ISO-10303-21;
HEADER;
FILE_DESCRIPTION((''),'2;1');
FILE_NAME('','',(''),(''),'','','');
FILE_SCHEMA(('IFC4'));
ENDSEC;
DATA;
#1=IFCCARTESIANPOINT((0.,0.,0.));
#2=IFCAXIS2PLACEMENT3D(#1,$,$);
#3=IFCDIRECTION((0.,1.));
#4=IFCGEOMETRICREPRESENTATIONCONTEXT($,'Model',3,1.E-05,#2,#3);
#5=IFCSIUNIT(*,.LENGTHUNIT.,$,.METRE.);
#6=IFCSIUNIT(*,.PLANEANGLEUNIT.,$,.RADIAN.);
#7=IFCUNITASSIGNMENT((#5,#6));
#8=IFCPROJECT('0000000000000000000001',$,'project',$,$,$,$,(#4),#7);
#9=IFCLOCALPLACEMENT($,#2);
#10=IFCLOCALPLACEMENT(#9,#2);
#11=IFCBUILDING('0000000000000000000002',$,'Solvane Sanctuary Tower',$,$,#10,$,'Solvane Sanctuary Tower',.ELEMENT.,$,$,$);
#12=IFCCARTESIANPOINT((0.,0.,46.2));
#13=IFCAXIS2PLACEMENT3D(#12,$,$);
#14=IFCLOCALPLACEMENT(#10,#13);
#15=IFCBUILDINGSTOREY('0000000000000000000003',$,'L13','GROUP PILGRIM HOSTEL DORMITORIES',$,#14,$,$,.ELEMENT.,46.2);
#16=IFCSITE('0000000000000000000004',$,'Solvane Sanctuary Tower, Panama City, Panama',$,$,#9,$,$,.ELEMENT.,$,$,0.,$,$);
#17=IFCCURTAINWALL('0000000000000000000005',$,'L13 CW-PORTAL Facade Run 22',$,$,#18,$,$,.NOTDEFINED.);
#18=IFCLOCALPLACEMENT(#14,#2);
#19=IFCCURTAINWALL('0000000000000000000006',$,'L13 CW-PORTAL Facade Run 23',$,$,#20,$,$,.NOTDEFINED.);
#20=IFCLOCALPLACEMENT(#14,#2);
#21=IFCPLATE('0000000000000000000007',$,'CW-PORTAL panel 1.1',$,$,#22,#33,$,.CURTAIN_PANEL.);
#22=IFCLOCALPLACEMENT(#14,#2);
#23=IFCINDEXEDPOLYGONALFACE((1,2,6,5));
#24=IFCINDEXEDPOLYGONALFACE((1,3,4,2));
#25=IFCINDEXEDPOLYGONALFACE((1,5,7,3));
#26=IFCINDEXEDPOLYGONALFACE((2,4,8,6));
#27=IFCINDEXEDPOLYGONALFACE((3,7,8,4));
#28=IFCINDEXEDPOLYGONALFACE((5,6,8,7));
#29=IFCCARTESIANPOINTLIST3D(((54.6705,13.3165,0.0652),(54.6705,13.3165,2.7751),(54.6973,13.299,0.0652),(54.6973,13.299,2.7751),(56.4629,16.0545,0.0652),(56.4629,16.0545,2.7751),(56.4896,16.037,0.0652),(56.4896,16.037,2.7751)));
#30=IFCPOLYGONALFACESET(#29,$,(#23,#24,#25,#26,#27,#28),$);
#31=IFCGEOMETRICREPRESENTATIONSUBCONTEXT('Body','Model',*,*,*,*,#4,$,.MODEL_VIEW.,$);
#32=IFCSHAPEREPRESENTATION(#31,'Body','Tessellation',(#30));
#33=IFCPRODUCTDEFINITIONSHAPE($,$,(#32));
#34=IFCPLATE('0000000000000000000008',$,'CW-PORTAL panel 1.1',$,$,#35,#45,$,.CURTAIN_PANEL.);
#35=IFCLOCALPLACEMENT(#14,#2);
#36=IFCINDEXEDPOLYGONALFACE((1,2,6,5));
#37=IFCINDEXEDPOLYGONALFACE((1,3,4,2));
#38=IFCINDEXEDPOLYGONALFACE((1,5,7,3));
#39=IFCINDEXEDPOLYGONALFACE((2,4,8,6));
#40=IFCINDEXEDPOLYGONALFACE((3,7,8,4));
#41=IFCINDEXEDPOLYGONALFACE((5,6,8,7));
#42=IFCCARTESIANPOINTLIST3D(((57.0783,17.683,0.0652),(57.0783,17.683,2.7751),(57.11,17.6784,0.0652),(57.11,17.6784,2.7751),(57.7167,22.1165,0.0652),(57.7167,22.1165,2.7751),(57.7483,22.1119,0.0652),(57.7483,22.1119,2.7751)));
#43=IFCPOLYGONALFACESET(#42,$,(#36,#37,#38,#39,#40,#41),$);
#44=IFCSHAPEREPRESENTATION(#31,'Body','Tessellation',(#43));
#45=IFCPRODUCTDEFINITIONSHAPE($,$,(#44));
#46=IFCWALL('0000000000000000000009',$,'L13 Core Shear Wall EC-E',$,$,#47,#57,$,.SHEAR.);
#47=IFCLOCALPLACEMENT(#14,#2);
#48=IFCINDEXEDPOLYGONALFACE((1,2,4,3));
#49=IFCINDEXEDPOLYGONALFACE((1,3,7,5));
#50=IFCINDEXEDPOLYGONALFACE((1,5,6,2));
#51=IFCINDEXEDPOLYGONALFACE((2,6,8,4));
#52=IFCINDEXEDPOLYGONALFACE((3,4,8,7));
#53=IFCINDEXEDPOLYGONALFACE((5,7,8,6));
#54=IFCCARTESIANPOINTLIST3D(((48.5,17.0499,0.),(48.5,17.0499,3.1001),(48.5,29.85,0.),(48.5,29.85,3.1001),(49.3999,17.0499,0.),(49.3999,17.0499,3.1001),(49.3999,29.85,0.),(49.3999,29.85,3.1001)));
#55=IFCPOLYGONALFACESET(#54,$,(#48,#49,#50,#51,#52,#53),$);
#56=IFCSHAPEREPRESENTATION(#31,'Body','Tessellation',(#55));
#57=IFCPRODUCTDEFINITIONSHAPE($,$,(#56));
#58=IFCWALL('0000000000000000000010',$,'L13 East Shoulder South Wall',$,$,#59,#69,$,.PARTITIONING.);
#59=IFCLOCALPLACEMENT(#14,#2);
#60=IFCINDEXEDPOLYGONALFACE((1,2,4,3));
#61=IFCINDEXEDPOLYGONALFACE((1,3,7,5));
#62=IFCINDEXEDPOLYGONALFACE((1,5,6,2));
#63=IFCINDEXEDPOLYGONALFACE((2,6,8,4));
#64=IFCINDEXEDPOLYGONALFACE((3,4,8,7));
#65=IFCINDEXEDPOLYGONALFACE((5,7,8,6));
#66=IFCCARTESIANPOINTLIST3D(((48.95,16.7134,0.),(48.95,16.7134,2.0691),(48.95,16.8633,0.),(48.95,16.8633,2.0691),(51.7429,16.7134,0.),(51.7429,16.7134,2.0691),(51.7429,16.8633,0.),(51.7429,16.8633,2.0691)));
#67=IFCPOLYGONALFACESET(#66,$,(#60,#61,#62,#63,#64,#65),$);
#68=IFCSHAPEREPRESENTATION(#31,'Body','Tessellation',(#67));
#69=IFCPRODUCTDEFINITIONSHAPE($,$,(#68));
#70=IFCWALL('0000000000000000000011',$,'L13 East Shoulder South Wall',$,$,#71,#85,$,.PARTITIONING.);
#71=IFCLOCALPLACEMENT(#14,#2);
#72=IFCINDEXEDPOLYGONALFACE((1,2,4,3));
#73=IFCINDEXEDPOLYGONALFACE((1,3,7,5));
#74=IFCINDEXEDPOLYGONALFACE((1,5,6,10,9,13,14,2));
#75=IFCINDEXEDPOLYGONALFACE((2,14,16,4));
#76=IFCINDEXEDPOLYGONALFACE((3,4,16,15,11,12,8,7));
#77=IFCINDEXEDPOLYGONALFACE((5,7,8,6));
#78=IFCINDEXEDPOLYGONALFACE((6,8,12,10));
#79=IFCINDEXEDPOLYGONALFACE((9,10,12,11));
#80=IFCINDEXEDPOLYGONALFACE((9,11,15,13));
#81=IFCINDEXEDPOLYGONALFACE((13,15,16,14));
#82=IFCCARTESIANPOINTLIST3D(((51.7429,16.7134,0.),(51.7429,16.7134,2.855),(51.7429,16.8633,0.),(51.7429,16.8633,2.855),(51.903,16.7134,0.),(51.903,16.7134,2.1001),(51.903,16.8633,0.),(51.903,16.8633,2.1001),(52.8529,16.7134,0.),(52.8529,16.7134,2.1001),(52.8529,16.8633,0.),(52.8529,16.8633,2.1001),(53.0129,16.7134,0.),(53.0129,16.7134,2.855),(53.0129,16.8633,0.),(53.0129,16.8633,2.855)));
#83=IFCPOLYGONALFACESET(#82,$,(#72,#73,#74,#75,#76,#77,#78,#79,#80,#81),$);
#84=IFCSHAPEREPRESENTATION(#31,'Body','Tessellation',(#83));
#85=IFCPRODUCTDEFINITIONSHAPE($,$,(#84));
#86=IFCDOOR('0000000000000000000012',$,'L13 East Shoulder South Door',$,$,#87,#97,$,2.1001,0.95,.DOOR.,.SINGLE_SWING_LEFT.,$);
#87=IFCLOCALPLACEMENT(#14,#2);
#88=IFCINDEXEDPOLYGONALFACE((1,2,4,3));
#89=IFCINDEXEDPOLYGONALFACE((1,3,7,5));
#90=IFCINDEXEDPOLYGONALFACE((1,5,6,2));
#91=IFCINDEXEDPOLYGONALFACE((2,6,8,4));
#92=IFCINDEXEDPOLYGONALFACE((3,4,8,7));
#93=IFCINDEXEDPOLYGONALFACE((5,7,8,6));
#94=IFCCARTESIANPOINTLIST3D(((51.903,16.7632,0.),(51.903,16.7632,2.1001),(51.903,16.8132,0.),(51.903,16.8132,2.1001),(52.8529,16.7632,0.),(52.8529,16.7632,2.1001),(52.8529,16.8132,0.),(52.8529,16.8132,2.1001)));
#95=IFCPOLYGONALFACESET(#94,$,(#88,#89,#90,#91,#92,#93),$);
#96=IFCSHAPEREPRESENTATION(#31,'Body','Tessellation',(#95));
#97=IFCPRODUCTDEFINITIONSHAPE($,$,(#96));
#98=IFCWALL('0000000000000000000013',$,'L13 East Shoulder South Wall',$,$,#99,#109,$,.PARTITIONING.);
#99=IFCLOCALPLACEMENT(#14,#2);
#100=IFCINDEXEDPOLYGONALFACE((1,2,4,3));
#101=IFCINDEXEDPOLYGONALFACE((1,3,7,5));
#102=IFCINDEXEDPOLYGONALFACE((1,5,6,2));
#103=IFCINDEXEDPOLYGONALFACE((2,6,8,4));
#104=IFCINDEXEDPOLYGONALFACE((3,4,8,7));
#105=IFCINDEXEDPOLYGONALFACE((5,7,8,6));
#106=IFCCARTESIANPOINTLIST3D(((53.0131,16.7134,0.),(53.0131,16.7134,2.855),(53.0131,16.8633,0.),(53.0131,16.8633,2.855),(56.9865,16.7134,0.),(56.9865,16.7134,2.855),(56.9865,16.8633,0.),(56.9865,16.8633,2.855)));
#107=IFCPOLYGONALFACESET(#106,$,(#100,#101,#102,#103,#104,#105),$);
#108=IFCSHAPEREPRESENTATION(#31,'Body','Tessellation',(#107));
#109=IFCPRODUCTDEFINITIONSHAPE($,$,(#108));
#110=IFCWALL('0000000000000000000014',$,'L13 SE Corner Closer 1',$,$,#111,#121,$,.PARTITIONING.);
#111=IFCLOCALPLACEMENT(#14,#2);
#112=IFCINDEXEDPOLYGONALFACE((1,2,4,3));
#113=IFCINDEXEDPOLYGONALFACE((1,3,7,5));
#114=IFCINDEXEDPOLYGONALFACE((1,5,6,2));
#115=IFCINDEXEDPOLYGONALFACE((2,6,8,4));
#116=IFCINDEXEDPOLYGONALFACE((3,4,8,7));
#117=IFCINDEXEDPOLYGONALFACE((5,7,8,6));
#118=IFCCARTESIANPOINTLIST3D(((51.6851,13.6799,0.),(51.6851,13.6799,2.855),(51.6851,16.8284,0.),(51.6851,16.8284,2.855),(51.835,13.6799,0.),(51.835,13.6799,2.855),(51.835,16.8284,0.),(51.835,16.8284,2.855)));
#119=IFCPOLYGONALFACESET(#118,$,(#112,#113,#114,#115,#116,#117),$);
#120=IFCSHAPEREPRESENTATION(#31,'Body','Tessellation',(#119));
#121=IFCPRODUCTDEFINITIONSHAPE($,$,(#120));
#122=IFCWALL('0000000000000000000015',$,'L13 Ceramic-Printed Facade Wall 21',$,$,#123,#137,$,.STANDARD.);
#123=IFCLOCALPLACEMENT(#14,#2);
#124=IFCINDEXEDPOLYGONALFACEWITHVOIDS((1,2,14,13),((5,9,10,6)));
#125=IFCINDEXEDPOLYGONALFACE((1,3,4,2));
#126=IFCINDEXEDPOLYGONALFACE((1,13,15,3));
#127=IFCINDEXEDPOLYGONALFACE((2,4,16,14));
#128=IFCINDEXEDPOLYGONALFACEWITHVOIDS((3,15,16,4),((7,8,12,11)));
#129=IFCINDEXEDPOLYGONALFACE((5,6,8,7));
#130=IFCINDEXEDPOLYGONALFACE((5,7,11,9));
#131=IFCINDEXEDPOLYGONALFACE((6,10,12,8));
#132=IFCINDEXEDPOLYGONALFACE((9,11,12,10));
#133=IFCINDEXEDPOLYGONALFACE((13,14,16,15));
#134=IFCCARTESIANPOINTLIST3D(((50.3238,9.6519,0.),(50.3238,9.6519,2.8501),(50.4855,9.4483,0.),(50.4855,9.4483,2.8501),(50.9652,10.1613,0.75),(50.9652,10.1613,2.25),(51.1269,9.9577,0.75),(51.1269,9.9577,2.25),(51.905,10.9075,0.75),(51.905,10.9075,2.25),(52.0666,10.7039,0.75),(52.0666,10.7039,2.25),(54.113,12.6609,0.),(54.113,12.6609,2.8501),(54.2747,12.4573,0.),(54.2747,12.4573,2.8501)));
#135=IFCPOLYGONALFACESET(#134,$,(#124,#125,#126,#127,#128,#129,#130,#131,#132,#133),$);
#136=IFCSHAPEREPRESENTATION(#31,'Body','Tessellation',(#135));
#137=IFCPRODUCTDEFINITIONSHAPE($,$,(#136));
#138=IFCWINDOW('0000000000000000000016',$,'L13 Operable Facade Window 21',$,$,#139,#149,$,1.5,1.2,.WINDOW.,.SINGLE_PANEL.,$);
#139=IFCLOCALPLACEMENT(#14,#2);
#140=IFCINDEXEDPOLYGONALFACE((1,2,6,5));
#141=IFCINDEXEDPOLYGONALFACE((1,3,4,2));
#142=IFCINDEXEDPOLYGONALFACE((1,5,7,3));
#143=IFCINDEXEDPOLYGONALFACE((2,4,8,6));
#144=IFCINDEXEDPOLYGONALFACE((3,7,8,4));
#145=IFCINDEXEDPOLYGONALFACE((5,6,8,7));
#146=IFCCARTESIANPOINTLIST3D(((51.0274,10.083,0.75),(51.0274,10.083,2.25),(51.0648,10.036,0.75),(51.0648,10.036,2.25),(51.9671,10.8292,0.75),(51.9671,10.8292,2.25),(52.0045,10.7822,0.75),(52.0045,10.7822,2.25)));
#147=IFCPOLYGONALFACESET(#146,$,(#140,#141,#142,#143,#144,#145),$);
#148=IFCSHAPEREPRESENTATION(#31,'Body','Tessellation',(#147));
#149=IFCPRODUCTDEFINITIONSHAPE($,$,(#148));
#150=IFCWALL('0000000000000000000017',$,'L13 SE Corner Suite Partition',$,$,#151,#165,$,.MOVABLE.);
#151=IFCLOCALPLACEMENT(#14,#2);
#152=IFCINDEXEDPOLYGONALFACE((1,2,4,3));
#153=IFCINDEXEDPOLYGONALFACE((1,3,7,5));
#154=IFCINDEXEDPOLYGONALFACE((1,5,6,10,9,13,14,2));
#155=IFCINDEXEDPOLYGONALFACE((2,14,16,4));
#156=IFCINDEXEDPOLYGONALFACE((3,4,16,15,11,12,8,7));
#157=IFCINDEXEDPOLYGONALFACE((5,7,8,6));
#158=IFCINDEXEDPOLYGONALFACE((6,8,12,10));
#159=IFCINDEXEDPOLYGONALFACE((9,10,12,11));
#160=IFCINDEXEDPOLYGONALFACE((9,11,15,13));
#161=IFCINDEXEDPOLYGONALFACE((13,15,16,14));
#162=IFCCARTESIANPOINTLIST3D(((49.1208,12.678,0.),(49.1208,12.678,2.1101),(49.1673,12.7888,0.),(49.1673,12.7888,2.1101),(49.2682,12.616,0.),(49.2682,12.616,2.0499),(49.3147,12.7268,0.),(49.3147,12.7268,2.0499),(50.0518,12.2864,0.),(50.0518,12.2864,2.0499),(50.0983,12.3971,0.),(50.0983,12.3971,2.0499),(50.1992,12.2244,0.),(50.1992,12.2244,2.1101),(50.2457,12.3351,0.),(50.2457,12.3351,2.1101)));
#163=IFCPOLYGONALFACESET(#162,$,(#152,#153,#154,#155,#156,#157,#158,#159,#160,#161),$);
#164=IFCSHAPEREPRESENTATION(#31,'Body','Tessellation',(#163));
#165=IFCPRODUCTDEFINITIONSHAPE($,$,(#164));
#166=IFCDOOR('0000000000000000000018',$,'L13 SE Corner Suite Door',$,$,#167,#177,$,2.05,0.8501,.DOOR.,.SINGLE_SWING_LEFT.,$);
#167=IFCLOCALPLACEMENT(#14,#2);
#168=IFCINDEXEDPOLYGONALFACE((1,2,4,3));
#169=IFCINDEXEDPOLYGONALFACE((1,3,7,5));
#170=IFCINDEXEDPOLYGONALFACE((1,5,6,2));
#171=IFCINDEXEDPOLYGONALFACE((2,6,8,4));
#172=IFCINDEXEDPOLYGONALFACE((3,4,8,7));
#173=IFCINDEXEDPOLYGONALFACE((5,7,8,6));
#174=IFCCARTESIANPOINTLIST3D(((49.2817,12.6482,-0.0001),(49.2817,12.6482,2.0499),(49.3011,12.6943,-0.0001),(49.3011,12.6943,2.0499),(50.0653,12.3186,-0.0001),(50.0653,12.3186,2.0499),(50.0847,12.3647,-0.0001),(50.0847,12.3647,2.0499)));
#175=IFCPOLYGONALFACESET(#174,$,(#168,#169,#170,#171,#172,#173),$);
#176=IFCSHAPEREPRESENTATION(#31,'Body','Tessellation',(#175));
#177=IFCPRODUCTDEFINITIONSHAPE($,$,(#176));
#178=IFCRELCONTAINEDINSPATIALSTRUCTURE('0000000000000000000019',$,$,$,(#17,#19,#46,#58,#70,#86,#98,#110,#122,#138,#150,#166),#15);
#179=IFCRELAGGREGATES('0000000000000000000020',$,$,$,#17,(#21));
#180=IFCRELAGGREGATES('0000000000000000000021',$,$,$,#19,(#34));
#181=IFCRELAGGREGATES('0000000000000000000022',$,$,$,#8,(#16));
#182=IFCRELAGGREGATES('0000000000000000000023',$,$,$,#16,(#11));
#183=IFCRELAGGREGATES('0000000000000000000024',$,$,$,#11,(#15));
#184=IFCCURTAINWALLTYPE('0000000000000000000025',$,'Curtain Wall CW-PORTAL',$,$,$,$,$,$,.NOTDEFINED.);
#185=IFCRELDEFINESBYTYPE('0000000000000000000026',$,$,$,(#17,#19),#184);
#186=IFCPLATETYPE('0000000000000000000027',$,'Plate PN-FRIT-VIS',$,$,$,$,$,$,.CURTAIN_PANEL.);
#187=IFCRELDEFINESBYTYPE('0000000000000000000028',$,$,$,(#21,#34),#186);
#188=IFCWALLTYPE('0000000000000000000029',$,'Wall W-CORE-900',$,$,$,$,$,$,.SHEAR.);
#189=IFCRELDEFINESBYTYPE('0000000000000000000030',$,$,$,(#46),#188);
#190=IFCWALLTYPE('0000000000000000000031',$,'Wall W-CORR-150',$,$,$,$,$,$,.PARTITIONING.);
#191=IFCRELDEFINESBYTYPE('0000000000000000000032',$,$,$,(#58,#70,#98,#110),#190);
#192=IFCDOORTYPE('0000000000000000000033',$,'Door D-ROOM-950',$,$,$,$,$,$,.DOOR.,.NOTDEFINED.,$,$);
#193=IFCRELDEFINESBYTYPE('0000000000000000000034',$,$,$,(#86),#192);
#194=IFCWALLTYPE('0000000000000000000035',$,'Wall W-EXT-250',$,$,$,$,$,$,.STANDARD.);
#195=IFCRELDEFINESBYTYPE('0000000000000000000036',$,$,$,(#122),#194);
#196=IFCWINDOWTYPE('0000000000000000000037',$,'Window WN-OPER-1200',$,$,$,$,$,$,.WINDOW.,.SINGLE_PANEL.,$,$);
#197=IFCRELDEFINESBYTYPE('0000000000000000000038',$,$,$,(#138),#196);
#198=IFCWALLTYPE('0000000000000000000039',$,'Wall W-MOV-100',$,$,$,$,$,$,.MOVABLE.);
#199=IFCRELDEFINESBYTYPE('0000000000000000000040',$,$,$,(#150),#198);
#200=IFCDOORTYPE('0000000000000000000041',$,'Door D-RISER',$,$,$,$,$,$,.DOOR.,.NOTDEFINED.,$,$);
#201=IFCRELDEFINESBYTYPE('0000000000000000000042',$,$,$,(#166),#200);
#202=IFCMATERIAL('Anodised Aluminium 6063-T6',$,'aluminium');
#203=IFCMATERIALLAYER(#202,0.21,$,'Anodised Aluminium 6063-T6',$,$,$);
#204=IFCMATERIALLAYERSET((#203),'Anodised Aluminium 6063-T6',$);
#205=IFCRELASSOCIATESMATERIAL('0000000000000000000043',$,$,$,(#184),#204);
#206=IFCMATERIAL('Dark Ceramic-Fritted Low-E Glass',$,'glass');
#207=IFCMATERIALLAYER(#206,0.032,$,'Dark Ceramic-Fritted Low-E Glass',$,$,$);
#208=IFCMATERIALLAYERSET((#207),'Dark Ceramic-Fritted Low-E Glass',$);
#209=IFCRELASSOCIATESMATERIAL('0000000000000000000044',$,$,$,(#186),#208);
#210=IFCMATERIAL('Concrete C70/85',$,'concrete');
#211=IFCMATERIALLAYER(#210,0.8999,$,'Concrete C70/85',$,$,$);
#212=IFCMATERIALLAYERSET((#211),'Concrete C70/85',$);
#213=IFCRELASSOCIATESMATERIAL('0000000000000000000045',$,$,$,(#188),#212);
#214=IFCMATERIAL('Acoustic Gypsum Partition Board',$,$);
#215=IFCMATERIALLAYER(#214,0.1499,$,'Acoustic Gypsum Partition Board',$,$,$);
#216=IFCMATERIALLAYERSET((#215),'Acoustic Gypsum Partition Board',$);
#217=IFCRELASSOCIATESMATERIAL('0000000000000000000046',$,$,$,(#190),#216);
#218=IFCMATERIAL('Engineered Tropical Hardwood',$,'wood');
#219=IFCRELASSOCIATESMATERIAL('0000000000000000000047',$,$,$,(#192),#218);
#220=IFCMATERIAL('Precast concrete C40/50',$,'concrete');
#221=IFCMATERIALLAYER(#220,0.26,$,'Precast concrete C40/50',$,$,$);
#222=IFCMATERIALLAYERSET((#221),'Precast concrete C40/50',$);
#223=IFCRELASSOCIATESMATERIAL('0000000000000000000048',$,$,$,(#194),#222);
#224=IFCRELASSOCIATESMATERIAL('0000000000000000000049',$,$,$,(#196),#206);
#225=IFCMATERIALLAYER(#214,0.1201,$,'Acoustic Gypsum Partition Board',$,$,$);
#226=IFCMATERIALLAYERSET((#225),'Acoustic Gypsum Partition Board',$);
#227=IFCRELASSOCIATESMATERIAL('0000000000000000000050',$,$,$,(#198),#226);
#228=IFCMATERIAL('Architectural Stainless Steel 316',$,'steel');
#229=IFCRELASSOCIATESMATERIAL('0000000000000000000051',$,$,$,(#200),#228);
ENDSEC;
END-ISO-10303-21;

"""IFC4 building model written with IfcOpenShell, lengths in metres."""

from ifc_helpers import new_model, si_unit, direction, frame, frame_2d, origin, origin_2d, place, context, subcontext, project, spatial, rectangle, extrude, material, layer, layer_set, type_object, element, fill, aggregate, save


model = new_model("IFC4")

# Units and contexts
model_context = context("Model", 3, precision=1e-05, world=origin(), true_north=direction((0.0, 1.0)))
body_context = subcontext(model_context, "Body", "Model", "MODEL_VIEW")
ifc_project = project(units=[si_unit("LENGTHUNIT", "METRE"), si_unit("PLANEANGLEUNIT", "RADIAN")], contexts=[model_context])

# Site, building, storey
site_placement = place(None, origin())
site = spatial("IfcSite", under=ifc_project, at=site_placement, Name="Solvane Sanctuary Tower, Panama City, Panama", CompositionType="ELEMENT", RefElevation=0.0)
building_placement = place(site_placement, origin())
building = spatial("IfcBuilding", under=site, at=building_placement, Name="Solvane Sanctuary Tower", LongName="Solvane Sanctuary Tower", CompositionType="ELEMENT")
storey_placement = place(building_placement, frame((0.0, 0.0, 46.2)))
storey = spatial("IfcBuildingStorey", under=building, at=storey_placement, Name="L13", Description="GROUP PILGRIM HOSTEL DORMITORIES", CompositionType="ELEMENT", Elevation=46.2)

# Shared definitions
ifc_material_1 = material(Name="Concrete C70/85", Category="concrete")

# Curtain wall
ifc_material_2 = material(Name="Anodised Aluminium 6063-T6", Category="aluminium")
ifc_layer_1 = layer(ifc_material_2, 0.21, Name="Anodised Aluminium 6063-T6")
ifc_layer_set_1 = layer_set([ifc_layer_1], Name="Anodised Aluminium 6063-T6")
curtain_wall_type = type_object("IfcCurtainWallType", Name="Curtain Wall CW-PORTAL", PredefinedType="NOTDEFINED", material=ifc_layer_set_1)
curtain_wall_1_placement = place(storey_placement, origin())
curtain_wall_1 = element("IfcCurtainWall", 1, at=curtain_wall_1_placement, inside=storey, type_object=curtain_wall_type, Name="L13 CW-PORTAL Facade Run 22", PredefinedType="NOTDEFINED")

# Curtain wall
curtain_wall_2_placement = place(storey_placement, origin())
curtain_wall_2 = element("IfcCurtainWall", 2, at=curtain_wall_2_placement, inside=storey, type_object=curtain_wall_type, Name="L13 CW-PORTAL Facade Run 23", PredefinedType="NOTDEFINED")

# Plates
ifc_material_3 = material(Name="Dark Ceramic-Fritted Low-E Glass", Category="glass")
ifc_layer_2 = layer(ifc_material_3, 0.032, Name="Dark Ceramic-Fritted Low-E Glass")
ifc_layer_set_2 = layer_set([ifc_layer_2], Name="Dark Ceramic-Fritted Low-E Glass")
plate_type = type_object("IfcPlateType", Name="Plate PN-FRIT-VIS", PredefinedType="CURTAIN_PANEL", material=ifc_layer_set_2)
plate_1_placement = place(storey_placement, frame((55.5801, 14.6768, 0.0652), z_axis=(0.0, 0.0, 1.0), x_axis=(0.547702, 0.836674, 0.0)))
plate_1 = element("IfcPlate", 3, at=plate_1_placement, type_object=plate_type, Name="CW-PORTAL panel 1.1", PredefinedType="CURTAIN_PANEL", context=body_context, shape_type="SweptSolid", body=[
    extrude(rectangle(XDim=3.2725, YDim=0.032, at=origin_2d()), origin(), (0.0, 0.0, 1.0), 2.71),
])
aggregate(curtain_wall_1, [plate_1])
plate_2_placement = place(storey_placement, frame((57.4133, 19.8975, 0.0652), z_axis=(0.0, 0.0, 1.0), x_axis=(0.142504, 0.989794, 0.0)))
plate_2 = element("IfcPlate", 4, at=plate_2_placement, type_object=plate_type, Name="CW-PORTAL panel 1.1", PredefinedType="CURTAIN_PANEL", context=body_context, shape_type="SweptSolid", body=[
    extrude(rectangle(XDim=4.4792, YDim=0.032, at=origin_2d()), origin(), (0.0, 0.0, 1.0), 2.71),
])
aggregate(curtain_wall_2, [plate_2])

# Walls
ifc_layer_3 = layer(ifc_material_1, 0.8999, Name="Concrete C70/85")
ifc_layer_set_3 = layer_set([ifc_layer_3], Name="Concrete C70/85")
wall_type_1 = type_object("IfcWallType", Name="Wall W-CORE-900", PredefinedType="SHEAR", material=ifc_layer_set_3)
wall_1_placement = place(storey_placement, frame((48.95, 17.05, 0.0), z_axis=(0.0, 0.0, 1.0), x_axis=(0.0, 1.0, 0.0)))
element("IfcWall", 5, at=wall_1_placement, inside=storey, type_object=wall_type_1, Name="L13 Core Shear Wall EC-E", PredefinedType="SHEAR", context=body_context, shape_type="SweptSolid", body=[
    extrude(rectangle(XDim=12.8, YDim=0.8999, at=frame_2d((6.3999, 0.0))), origin(), (0.0, 0.0, 1.0), 3.1001),
])
ifc_material_4 = material(Name="Acoustic Gypsum Partition Board")
ifc_layer_4 = layer(ifc_material_4, 0.1499, Name="Acoustic Gypsum Partition Board")
ifc_layer_set_4 = layer_set([ifc_layer_4], Name="Acoustic Gypsum Partition Board")
wall_type_2 = type_object("IfcWallType", Name="Wall W-CORR-150", PredefinedType="PARTITIONING", material=ifc_layer_set_4)
wall_2_placement = place(storey_placement, frame((48.95, 16.7883, 0.0), z_axis=(0.0, 0.0, 1.0), x_axis=(1.0, 0.0, 0.0)))
element("IfcWall", 6, at=wall_2_placement, inside=storey, type_object=wall_type_2, Name="L13 East Shoulder South Wall", PredefinedType="PARTITIONING", context=body_context, shape_type="SweptSolid", body=[
    extrude(rectangle(XDim=2.793, YDim=0.1499, at=frame_2d((1.3965, 0.0))), origin(), (0.0, 0.0, 1.0), 2.0691),
])

# Wall, opening, door
wall_3_placement = place(storey_placement, frame((51.7429, 16.7883, 0.0), z_axis=(0.0, 0.0, 1.0), x_axis=(1.0, 0.0, 0.0)))
wall_3 = element("IfcWall", 7, at=wall_3_placement, inside=storey, type_object=wall_type_2, Name="L13 East Shoulder South Wall", PredefinedType="PARTITIONING", context=body_context, shape_type="SweptSolid", body=[
    extrude(rectangle(XDim=1.27, YDim=0.1499, at=frame_2d((0.635, 0.0))), origin(), (0.0, 0.0, 1.0), 2.855),
])
opening_1_placement = place(wall_3_placement, frame((0.1599, 0.0, 0.0)))
opening_1 = element("IfcOpeningElement", 8, at=opening_1_placement, cuts=wall_3, PredefinedType="OPENING", context=body_context, shape_type="SweptSolid", body=[
    extrude(rectangle(XDim=0.95, YDim=2.1001, at=frame_2d((0.4751, 1.05))), frame((0.0, 0.085, 0.0), z_axis=(0.0, -1.0, 0.0), x_axis=(1.0, 0.0, 0.0)), (0.0, 0.0, 1.0), 0.1699),
])
ifc_material_5 = material(Name="Engineered Tropical Hardwood", Category="wood")
door_type_1 = type_object("IfcDoorType", Name="Door D-ROOM-950", OperationType="NOTDEFINED", PredefinedType="DOOR", material=ifc_material_5)
door_1_placement = place(opening_1_placement, origin())
door_1 = element("IfcDoor", 9, at=door_1_placement, inside=storey, type_object=door_type_1, Name="L13 East Shoulder South Door", OperationType="SINGLE_SWING_LEFT", OverallHeight=2.1001, OverallWidth=0.95, PredefinedType="DOOR", context=body_context, shape_type="SweptSolid", body=[
    extrude(rectangle(XDim=0.95, YDim=2.1001, at=frame_2d((0.4751, 1.05))), frame((0.0, 0.0249, 0.0), z_axis=(0.0, -1.0, 0.0), x_axis=(1.0, 0.0, 0.0)), (0.0, 0.0, 1.0), 0.05),
])
fill(opening_1, door_1)

# Walls
wall_4_placement = place(storey_placement, frame((53.0129, 16.7883, 0.0), z_axis=(0.0, 0.0, 1.0), x_axis=(1.0, 0.0, 0.0)))
element("IfcWall", 10, at=wall_4_placement, inside=storey, type_object=wall_type_2, Name="L13 East Shoulder South Wall", PredefinedType="PARTITIONING", context=body_context, shape_type="SweptSolid", body=[
    extrude(rectangle(XDim=3.9734, YDim=0.1499, at=frame_2d((1.9868, 0.0))), origin(), (0.0, 0.0, 1.0), 2.855),
])
wall_5_placement = place(storey_placement, frame((51.76, 13.6799, 0.0), z_axis=(0.0, 0.0, 1.0), x_axis=(0.0, 1.0, 0.0)))
element("IfcWall", 11, at=wall_5_placement, inside=storey, type_object=wall_type_2, Name="L13 SE Corner Closer 1", PredefinedType="PARTITIONING", context=body_context, shape_type="SweptSolid", body=[
    extrude(rectangle(XDim=3.1484, YDim=0.1499, at=frame_2d((1.5742, 0.0))), origin(), (0.0, 0.0, 1.0), 2.855),
])

# Wall, opening, window
ifc_material_6 = material(Name="Precast concrete C40/50", Category="concrete")
ifc_layer_5 = layer(ifc_material_6, 0.26, Name="Precast concrete C40/50")
ifc_layer_set_5 = layer_set([ifc_layer_5], Name="Precast concrete C40/50")
wall_type_3 = type_object("IfcWallType", Name="Wall W-EXT-250", PredefinedType="STANDARD", material=ifc_layer_set_5)
wall_6_placement = place(storey_placement, frame((50.4045, 9.55, 0.0), z_axis=(0.0, 0.0, 1.0), x_axis=(0.783123, 0.621867, 0.0)))
wall_6 = element("IfcWall", 12, at=wall_6_placement, inside=storey, type_object=wall_type_3, Name="L13 Ceramic-Printed Facade Wall 21", PredefinedType="STANDARD", context=body_context, shape_type="SweptSolid", body=[
    extrude(rectangle(XDim=4.8386, YDim=0.26, at=frame_2d((2.4194, 0.0))), origin(), (0.0, 0.0, 1.0), 2.8501),
])
opening_2_placement = place(wall_6_placement, frame((0.8191, 0.0, 0.75)))
opening_2 = element("IfcOpeningElement", 13, at=opening_2_placement, cuts=wall_6, PredefinedType="OPENING", context=body_context, shape_type="SweptSolid", body=[
    extrude(rectangle(XDim=1.2, YDim=1.5, at=frame_2d((0.6001, 0.75))), frame((0.0, 0.1399, 0.0), z_axis=(0.0, -1.0, 0.0), x_axis=(1.0, 0.0, 0.0)), (0.0, 0.0, 1.0), 0.28),
])
window_type = type_object("IfcWindowType", Name="Window WN-OPER-1200", PartitioningType="SINGLE_PANEL", PredefinedType="WINDOW", material=ifc_material_3)
window_placement = place(opening_2_placement, origin())
window = element("IfcWindow", 14, at=window_placement, inside=storey, type_object=window_type, Name="L13 Operable Facade Window 21", OverallHeight=1.5, OverallWidth=1.2, PartitioningType="SINGLE_PANEL", PredefinedType="WINDOW", context=body_context, shape_type="SweptSolid", body=[
    extrude(rectangle(XDim=1.2, YDim=1.5, at=frame_2d((0.6001, 0.75))), frame((0.0, 0.03, 0.0), z_axis=(0.0, -1.0, 0.0), x_axis=(1.0, 0.0, 0.0)), (0.0, 0.0, 1.0), 0.0601),
])
fill(opening_2, window)

# Wall, opening, door
ifc_layer_6 = layer(ifc_material_4, 0.1201, Name="Acoustic Gypsum Partition Board")
ifc_layer_set_6 = layer_set([ifc_layer_6], Name="Acoustic Gypsum Partition Board")
wall_type_4 = type_object("IfcWallType", Name="Wall W-MOV-100", PredefinedType="MOVABLE", material=ifc_layer_set_6)
wall_7_placement = place(storey_placement, frame((49.144, 12.7334, 0.0), z_axis=(0.0, 0.0, 1.0), x_axis=(0.921769, -0.38774, 0.0)))
wall_7 = element("IfcWall", 15, at=wall_7_placement, inside=storey, type_object=wall_type_4, Name="L13 SE Corner Suite Partition", PredefinedType="MOVABLE", context=body_context, shape_type="SweptSolid", body=[
    extrude(rectangle(XDim=1.1699, YDim=0.1201, at=frame_2d((0.585, 0.0))), origin(), (0.0, 0.0, 1.0), 2.1101),
])
opening_3_placement = place(wall_7_placement, frame((0.1599, 0.0, 0.0)))
opening_3 = element("IfcOpeningElement", 16, at=opening_3_placement, cuts=wall_7, PredefinedType="OPENING", context=body_context, shape_type="SweptSolid", body=[
    extrude(rectangle(XDim=0.8501, YDim=2.05, at=frame_2d((0.425, 1.0249))), frame((0.0, 0.0701, 0.0), z_axis=(0.0, -1.0, 0.0), x_axis=(1.0, 0.0, 0.0)), (0.0, 0.0, 1.0), 0.1401),
])
ifc_material_7 = material(Name="Architectural Stainless Steel 316", Category="steel")
door_type_2 = type_object("IfcDoorType", Name="Door D-RISER", OperationType="NOTDEFINED", PredefinedType="DOOR", material=ifc_material_7)
door_2_placement = place(opening_3_placement, origin())
door_2 = element("IfcDoor", 17, at=door_2_placement, inside=storey, type_object=door_type_2, Name="L13 SE Corner Suite Door", OperationType="SINGLE_SWING_LEFT", OverallHeight=2.05, OverallWidth=0.8501, PredefinedType="DOOR", context=body_context, shape_type="SweptSolid", body=[
    extrude(rectangle(XDim=0.8501, YDim=2.05, at=frame_2d((0.425, 1.0249))), frame((0.0, 0.0249, 0.0), z_axis=(0.0, -1.0, 0.0), x_axis=(1.0, 0.0, 0.0)), (0.0, 0.0, 1.0), 0.05),
])
fill(opening_3, door_2)

save(model, "model.ifc")
